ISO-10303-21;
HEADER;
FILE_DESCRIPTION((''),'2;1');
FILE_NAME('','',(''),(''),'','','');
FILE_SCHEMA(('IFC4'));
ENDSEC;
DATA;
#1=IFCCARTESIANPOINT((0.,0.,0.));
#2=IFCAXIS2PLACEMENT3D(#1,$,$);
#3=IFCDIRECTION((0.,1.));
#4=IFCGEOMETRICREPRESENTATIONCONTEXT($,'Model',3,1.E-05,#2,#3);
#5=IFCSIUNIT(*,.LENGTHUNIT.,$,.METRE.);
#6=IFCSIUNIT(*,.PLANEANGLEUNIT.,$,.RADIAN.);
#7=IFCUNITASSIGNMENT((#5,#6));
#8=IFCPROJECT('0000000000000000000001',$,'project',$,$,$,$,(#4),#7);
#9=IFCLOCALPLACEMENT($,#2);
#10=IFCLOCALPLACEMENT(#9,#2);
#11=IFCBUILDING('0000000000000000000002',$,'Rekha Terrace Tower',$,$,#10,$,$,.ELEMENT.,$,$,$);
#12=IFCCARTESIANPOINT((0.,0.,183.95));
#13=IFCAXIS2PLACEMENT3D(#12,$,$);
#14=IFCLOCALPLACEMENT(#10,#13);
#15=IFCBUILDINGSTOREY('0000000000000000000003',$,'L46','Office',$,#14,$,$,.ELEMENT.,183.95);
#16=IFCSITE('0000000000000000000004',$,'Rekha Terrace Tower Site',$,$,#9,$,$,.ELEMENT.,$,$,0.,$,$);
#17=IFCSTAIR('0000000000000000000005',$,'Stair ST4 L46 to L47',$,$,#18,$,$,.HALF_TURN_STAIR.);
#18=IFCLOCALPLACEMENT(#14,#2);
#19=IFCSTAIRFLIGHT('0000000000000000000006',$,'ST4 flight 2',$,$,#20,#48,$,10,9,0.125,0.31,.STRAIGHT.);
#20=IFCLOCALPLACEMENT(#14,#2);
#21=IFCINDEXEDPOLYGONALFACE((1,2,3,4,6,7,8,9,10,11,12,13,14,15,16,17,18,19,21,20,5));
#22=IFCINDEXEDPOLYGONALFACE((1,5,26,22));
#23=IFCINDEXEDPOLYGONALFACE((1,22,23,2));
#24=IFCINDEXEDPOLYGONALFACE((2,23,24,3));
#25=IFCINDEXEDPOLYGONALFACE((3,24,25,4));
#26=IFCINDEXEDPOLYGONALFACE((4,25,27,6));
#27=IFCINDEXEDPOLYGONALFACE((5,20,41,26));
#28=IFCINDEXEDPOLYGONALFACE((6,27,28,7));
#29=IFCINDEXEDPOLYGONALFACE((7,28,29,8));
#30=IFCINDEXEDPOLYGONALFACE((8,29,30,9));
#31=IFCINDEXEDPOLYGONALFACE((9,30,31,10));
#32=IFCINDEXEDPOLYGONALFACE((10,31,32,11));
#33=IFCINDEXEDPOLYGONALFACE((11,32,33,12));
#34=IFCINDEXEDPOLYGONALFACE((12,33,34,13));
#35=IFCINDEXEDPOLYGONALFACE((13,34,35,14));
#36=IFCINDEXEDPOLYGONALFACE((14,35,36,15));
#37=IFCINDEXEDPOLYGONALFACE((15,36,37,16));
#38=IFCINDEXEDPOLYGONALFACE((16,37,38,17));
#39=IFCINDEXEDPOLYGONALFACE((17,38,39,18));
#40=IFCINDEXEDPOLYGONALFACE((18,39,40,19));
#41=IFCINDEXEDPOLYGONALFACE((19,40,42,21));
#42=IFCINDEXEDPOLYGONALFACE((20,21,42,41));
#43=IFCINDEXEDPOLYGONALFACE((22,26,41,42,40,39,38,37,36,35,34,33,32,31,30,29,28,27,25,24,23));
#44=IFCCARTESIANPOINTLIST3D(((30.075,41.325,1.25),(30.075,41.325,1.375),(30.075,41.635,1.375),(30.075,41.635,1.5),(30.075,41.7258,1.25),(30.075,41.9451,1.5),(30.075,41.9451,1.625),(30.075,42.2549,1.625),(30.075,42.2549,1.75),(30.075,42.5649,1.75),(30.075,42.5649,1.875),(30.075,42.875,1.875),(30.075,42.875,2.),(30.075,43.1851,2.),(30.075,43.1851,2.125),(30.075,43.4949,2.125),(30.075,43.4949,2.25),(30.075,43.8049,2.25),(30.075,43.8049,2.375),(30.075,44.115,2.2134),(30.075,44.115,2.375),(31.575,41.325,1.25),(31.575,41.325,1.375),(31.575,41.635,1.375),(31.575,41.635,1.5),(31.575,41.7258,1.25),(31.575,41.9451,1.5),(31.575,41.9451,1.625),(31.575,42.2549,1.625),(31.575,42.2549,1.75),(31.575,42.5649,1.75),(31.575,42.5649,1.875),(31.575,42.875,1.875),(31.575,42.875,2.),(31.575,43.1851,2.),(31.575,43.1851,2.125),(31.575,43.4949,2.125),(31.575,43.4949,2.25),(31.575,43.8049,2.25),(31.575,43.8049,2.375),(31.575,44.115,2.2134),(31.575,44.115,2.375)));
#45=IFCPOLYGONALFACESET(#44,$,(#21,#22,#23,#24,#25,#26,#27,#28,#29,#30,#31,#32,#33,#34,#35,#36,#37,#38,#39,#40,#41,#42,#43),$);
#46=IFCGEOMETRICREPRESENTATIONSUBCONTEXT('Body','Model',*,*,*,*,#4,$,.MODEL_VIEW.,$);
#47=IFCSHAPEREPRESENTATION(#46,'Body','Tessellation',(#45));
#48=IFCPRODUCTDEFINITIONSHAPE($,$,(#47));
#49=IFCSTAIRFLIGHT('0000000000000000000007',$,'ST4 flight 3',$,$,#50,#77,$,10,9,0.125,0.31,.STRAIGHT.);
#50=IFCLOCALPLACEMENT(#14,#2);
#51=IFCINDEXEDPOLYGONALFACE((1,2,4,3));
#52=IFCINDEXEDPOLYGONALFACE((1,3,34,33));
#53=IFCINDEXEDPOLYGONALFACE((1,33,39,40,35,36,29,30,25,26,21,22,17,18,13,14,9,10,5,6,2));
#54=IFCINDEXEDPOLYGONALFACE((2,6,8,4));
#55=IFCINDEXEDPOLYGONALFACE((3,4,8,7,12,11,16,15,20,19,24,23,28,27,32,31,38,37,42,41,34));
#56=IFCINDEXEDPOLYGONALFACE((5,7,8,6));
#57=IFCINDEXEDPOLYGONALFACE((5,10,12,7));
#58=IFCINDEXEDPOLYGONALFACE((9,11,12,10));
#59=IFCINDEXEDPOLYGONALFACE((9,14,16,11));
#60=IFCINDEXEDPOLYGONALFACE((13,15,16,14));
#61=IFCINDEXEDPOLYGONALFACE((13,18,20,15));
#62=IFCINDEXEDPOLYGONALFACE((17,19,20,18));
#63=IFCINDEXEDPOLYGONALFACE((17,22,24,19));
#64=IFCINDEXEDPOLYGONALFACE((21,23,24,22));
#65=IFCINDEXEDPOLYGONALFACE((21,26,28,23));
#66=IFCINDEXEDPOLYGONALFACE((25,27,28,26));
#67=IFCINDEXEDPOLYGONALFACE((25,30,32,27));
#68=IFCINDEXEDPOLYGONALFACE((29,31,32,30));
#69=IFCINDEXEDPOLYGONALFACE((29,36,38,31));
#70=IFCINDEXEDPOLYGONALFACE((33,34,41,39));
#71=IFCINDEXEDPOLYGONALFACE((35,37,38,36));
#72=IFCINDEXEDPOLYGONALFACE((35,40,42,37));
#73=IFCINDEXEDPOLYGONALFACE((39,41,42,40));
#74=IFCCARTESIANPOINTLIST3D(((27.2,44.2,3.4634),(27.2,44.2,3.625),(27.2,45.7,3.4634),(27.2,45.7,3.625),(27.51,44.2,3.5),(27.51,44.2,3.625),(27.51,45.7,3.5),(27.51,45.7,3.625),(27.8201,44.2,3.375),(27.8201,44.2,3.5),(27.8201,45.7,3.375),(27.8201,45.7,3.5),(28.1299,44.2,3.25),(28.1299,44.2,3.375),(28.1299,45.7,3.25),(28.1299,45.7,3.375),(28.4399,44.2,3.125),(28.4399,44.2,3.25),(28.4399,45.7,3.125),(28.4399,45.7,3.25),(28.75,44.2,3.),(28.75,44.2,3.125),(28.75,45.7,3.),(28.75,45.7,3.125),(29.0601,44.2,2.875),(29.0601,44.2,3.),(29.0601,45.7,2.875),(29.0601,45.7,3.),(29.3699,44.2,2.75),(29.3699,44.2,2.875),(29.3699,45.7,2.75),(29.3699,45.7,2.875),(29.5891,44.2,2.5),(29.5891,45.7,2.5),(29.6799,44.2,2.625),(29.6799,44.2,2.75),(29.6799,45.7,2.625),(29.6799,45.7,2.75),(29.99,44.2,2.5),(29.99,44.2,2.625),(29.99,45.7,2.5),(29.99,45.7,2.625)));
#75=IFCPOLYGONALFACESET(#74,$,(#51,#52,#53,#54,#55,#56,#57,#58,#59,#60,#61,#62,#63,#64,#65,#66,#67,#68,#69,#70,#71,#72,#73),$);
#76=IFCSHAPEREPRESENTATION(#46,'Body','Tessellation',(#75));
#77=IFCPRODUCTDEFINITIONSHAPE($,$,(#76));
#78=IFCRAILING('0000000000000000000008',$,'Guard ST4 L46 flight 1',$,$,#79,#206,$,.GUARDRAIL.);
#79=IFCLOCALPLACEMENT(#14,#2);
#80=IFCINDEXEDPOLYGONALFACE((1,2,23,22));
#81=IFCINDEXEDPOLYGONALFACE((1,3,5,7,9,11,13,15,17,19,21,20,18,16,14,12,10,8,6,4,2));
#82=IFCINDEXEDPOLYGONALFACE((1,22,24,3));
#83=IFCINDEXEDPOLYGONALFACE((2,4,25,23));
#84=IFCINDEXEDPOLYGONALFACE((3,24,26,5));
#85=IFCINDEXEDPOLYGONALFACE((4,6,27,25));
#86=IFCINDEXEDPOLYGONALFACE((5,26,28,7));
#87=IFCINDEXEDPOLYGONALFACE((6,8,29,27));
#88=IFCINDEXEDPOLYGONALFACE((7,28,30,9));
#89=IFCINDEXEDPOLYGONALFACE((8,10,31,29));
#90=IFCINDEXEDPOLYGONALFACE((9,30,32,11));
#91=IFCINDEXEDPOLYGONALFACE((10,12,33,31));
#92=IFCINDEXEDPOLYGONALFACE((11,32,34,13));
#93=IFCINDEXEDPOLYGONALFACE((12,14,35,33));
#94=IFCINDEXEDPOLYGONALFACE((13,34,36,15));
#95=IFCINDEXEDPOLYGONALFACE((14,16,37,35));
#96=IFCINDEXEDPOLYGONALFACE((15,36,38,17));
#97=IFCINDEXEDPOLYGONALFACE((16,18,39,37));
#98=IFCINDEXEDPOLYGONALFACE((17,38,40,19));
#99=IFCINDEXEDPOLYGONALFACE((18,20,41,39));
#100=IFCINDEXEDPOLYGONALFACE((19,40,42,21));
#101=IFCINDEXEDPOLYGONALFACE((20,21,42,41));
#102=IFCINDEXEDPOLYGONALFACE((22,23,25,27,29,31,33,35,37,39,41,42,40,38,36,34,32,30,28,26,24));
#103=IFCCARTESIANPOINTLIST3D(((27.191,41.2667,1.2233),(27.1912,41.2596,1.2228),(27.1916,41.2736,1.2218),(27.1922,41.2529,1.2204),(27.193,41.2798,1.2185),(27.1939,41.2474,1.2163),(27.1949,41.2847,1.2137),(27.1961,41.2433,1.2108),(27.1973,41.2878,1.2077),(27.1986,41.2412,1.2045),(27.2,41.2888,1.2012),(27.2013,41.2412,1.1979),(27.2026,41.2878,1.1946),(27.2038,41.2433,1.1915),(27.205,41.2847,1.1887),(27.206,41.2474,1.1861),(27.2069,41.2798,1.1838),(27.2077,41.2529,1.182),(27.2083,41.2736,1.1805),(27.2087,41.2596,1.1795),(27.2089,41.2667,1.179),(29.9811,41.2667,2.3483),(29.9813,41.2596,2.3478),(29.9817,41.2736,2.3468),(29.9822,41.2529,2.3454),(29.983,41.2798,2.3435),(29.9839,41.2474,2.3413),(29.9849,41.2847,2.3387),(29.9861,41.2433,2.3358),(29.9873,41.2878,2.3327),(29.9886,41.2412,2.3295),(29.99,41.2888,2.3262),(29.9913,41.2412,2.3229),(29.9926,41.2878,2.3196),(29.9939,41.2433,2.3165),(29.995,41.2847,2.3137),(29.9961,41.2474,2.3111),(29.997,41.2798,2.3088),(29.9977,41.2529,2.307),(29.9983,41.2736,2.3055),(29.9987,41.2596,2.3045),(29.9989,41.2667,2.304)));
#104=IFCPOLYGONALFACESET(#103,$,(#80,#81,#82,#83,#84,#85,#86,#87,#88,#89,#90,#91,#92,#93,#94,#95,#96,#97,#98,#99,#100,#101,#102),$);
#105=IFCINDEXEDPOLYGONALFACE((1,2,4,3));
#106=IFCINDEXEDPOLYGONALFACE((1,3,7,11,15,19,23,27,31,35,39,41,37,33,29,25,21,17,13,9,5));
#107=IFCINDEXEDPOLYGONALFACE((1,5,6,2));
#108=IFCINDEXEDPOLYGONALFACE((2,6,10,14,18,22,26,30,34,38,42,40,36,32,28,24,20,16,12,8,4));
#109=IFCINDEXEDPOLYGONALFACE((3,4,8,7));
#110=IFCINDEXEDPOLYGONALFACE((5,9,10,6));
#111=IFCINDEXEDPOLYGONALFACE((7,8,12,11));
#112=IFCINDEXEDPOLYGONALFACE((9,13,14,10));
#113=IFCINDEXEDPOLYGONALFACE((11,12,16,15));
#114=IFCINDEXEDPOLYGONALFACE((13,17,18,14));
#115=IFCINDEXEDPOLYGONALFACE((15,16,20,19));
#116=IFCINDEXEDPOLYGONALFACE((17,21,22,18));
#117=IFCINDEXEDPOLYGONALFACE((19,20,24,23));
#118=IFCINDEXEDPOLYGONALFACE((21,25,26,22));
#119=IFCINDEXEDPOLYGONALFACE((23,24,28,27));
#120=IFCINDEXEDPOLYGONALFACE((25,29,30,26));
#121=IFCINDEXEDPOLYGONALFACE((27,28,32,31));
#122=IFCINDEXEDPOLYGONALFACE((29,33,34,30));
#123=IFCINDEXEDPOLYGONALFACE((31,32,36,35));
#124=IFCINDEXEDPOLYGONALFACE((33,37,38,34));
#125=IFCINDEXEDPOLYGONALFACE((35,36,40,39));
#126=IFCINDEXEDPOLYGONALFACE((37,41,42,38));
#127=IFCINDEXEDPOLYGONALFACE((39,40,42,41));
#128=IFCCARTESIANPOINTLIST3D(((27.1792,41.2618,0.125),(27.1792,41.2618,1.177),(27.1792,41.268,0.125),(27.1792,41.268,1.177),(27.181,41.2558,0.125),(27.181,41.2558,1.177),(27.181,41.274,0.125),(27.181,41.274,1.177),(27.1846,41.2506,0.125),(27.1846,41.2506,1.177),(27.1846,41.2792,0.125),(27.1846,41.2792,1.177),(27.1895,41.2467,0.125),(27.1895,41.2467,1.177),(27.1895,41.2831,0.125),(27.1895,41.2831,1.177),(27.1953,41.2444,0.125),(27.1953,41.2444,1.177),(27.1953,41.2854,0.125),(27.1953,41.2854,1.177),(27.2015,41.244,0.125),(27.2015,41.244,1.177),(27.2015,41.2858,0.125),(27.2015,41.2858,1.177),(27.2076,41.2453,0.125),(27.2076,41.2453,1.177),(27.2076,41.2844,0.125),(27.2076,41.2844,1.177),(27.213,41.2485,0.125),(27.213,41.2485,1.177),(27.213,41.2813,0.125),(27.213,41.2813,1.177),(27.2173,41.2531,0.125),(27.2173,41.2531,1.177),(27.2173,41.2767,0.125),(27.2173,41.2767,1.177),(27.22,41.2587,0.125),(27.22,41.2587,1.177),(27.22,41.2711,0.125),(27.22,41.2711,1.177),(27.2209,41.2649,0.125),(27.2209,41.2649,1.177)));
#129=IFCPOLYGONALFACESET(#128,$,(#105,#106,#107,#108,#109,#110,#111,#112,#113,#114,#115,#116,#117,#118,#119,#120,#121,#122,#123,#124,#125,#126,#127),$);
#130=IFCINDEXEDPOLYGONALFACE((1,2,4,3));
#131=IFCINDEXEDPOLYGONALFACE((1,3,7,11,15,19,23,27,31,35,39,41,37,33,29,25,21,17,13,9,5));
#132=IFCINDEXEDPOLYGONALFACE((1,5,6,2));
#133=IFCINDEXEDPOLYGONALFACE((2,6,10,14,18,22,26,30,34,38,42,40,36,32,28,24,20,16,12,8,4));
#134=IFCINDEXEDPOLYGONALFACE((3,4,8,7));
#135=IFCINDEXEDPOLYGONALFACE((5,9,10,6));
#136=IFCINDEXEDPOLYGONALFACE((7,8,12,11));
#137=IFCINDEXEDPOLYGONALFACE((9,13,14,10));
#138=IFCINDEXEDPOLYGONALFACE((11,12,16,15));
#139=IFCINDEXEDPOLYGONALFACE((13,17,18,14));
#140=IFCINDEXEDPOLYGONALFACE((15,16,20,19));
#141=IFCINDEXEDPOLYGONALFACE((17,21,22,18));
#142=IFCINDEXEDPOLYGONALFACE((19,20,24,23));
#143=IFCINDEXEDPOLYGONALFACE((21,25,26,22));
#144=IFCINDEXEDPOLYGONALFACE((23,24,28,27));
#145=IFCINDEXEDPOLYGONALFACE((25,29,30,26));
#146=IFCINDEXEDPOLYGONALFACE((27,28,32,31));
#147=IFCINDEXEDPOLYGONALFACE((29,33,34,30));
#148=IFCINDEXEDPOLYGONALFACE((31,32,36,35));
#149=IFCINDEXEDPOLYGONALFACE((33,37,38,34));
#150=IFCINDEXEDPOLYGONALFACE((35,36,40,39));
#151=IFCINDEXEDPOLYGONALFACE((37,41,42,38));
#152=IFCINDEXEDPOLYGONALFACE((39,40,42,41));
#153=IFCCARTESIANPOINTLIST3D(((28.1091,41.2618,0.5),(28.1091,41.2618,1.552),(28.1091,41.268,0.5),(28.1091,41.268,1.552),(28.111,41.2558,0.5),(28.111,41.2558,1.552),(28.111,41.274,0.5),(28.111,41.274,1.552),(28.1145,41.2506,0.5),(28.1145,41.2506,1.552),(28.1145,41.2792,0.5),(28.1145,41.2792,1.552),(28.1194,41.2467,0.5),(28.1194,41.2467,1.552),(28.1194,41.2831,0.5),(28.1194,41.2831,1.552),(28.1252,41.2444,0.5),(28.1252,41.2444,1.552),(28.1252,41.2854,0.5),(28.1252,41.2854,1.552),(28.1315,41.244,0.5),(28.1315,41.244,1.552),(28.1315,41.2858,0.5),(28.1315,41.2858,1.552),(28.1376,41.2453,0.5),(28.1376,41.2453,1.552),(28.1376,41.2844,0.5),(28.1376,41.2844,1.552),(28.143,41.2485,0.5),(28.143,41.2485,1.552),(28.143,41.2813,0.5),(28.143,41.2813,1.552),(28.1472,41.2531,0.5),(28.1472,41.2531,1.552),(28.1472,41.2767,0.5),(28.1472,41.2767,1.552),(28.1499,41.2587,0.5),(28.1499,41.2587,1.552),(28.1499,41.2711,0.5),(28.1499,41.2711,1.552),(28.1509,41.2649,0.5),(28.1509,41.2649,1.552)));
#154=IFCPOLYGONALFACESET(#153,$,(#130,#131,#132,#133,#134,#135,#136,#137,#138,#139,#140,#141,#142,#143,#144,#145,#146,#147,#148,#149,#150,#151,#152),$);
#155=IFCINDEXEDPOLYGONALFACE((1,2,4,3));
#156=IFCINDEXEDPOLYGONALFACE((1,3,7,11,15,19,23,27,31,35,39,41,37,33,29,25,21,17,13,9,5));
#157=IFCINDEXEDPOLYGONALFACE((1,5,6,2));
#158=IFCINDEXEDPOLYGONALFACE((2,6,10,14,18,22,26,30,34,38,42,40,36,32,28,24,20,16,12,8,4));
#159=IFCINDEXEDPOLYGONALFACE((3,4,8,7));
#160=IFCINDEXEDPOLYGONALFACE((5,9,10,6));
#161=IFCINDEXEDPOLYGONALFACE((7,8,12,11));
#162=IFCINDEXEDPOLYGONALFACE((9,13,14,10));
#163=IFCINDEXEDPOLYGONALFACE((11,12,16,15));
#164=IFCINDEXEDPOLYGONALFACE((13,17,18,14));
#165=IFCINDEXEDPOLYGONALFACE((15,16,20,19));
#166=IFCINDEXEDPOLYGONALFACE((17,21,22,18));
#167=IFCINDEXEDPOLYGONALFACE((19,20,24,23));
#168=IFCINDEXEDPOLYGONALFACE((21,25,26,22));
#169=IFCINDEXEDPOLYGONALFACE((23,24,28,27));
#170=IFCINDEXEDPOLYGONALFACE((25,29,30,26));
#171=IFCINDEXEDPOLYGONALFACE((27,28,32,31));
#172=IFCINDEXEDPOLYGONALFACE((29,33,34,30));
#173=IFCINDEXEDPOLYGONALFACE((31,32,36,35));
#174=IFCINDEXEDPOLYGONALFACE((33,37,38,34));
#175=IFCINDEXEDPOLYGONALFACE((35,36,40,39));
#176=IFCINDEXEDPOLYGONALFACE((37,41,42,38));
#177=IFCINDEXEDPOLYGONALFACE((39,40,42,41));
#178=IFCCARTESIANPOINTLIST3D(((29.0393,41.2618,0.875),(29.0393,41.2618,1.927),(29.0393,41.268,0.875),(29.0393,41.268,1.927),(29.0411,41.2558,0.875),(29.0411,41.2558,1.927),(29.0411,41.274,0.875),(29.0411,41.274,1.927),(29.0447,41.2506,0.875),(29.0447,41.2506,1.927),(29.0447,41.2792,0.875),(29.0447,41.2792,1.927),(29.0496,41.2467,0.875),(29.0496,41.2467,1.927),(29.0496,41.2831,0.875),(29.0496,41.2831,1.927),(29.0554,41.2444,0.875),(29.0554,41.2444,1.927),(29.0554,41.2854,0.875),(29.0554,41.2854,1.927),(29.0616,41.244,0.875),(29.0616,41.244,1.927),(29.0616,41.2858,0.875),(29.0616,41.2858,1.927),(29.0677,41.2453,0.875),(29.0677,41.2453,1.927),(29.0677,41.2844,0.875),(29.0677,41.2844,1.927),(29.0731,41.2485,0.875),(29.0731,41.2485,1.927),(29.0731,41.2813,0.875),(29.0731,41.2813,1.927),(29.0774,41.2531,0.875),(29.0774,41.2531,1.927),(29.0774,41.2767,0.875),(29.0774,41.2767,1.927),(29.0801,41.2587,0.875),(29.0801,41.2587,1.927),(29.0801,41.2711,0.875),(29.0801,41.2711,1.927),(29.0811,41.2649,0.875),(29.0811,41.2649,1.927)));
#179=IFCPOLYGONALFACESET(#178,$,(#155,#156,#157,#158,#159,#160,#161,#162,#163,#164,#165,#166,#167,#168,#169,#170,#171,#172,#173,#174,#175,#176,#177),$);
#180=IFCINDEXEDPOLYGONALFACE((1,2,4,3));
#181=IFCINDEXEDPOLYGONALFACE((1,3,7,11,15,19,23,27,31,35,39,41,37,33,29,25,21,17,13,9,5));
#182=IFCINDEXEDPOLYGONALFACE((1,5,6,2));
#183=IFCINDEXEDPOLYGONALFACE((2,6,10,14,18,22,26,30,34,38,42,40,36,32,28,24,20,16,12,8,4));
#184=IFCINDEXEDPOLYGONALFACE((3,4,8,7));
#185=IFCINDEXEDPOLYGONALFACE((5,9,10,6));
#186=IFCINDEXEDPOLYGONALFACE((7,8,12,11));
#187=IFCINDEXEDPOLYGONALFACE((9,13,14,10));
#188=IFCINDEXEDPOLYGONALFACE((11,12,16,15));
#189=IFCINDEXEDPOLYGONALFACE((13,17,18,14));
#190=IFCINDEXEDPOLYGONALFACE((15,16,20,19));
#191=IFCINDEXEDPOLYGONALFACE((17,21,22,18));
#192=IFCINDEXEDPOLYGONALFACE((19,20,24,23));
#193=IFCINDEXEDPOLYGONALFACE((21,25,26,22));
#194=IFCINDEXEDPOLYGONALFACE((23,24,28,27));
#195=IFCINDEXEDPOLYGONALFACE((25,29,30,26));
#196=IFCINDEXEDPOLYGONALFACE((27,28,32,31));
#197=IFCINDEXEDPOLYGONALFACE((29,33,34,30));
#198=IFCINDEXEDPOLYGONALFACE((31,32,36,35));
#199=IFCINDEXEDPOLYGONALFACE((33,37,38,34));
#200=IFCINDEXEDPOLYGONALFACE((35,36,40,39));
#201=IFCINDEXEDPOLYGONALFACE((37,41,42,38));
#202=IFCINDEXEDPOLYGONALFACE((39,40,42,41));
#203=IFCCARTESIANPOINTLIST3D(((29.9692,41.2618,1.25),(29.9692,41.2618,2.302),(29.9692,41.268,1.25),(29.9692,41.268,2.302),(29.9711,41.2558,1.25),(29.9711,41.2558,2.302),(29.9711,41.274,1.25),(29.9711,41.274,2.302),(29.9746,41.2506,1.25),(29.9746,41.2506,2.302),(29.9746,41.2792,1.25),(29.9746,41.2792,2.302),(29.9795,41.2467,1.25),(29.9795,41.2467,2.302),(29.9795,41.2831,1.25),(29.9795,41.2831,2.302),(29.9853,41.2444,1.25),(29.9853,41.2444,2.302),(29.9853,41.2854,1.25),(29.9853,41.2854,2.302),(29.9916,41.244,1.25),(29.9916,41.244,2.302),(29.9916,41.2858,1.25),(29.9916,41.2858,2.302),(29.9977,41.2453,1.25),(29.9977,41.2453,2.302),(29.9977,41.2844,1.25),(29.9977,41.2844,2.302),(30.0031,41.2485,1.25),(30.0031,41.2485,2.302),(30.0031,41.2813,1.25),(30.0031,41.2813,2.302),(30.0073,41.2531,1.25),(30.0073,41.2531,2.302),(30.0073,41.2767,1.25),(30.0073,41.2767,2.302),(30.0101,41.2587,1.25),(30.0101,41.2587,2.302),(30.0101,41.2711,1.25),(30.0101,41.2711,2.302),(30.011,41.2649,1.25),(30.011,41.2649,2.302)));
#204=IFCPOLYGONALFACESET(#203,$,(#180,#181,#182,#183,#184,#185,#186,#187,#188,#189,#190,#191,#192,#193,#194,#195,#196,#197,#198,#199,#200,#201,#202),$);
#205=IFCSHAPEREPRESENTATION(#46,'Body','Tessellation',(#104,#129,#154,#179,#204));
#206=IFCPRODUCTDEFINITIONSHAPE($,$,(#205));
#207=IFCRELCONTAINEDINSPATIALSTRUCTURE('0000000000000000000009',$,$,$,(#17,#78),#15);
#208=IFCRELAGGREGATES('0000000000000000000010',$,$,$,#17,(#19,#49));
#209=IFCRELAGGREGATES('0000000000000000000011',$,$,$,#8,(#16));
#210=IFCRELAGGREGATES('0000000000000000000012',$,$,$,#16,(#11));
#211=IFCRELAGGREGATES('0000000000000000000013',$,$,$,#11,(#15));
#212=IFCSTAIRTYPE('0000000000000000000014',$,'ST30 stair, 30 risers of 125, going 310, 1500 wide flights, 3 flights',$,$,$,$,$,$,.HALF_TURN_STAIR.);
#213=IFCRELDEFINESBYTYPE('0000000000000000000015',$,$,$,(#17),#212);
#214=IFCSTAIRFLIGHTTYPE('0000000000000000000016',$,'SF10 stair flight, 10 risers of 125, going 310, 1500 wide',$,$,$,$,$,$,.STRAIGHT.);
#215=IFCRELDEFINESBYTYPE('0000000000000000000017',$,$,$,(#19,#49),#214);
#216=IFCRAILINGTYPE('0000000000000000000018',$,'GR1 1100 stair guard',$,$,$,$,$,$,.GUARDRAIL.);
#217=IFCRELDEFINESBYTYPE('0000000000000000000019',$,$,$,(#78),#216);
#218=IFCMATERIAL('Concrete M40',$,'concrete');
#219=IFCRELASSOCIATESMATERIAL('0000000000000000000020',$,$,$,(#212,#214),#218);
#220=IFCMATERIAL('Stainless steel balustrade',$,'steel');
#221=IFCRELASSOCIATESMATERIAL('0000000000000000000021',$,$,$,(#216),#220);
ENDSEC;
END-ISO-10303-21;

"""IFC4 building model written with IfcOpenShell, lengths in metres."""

from ifc_helpers import new_model, si_unit, direction, frame, origin, origin_2d, place, context, subcontext, project, spatial, polyline, circle, outline, extrude, material, type_object, element, aggregate, save


model = new_model("IFC4")

# Units and contexts
model_context = context("Model", 3, precision=1e-05, world=origin(), true_north=direction((0.0, 1.0)))
body_context = subcontext(model_context, "Body", "Model", "MODEL_VIEW")
ifc_project = project(units=[si_unit("LENGTHUNIT", "METRE"), si_unit("PLANEANGLEUNIT", "RADIAN")], contexts=[model_context])

# Site, building, storey
site_placement = place(None, origin())
site = spatial("IfcSite", under=ifc_project, at=site_placement, Name="Rekha Terrace Tower Site", CompositionType="ELEMENT", RefElevation=0.0)
building_placement = place(site_placement, origin())
building = spatial("IfcBuilding", under=site, at=building_placement, Name="Rekha Terrace Tower", CompositionType="ELEMENT")
storey_placement = place(building_placement, frame((0.0, 0.0, 183.95)))
storey = spatial("IfcBuildingStorey", under=building, at=storey_placement, Name="L46", Description="Office", CompositionType="ELEMENT", Elevation=183.95)

# Stair, stair flights
ifc_material_1 = material(Name="Concrete M40", Category="concrete")
stair_type = type_object("IfcStairType", Name="ST30 stair, 30 risers of 125, going 310, 1500 wide flights, 3 flights", PredefinedType="HALF_TURN_STAIR", material=ifc_material_1)
stair_placement = place(storey_placement, origin())
stair = element("IfcStair", 1, at=stair_placement, inside=storey, type_object=stair_type, Name="Stair ST4 L46 to L47", PredefinedType="HALF_TURN_STAIR")
stair_flight_type = type_object("IfcStairFlightType", Name="SF10 stair flight, 10 risers of 125, going 310, 1500 wide", PredefinedType="STRAIGHT", material=ifc_material_1)
stair_flight_1_placement = place(storey_placement, frame((30.825, 41.325, 1.25), z_axis=(0.0, 0.0, 1.0), x_axis=(0.0, 1.0, 0.0)))
stair_flight_1 = element("IfcStairFlight", 2, at=stair_flight_1_placement, type_object=stair_flight_type, Name="ST4 flight 2", NumberOfRisers=10, NumberOfTreads=9, PredefinedType="STRAIGHT", RiserHeight=0.125, TreadLength=0.31, context=body_context, shape_type="SweptSolid", body=[
    extrude(outline(polyline([(0.0, 0.0), (0.0, 0.125), (0.3101, 0.125), (0.3101, 0.25), (0.6201, 0.25), (0.6201, 0.375), (0.9299, 0.375), (0.9299, 0.5), (1.24, 0.5), (1.24, 0.625), (1.55, 0.625), (1.55, 0.75), (1.8601, 0.75), (1.8601, 0.875), (2.1699, 0.875), (2.1699, 1.0), (2.48, 1.0), (2.48, 1.125), (2.79, 1.125), (2.79, 1.25), (2.79, 0.9634), (0.4009, 0.0), (0.0, 0.0)])), frame((0.0, 0.75, 0.0), z_axis=(0.0, -1.0, 0.0), x_axis=(1.0, 0.0, 0.0)), (0.0, 0.0, 1.0), 1.5),
])
stair_flight_2_placement = place(storey_placement, frame((29.99, 44.95, 2.5), z_axis=(0.0, 0.0, 1.0), x_axis=(-1.0, 0.0, 0.0)))
stair_flight_2 = element("IfcStairFlight", 3, at=stair_flight_2_placement, type_object=stair_flight_type, Name="ST4 flight 3", NumberOfRisers=10, NumberOfTreads=9, PredefinedType="STRAIGHT", RiserHeight=0.125, TreadLength=0.31, context=body_context, shape_type="SweptSolid", body=[
    extrude(outline(polyline([(0.0, 0.0), (0.0, 0.125), (0.3101, 0.125), (0.3101, 0.25), (0.6201, 0.25), (0.6201, 0.375), (0.9299, 0.375), (0.9299, 0.5), (1.24, 0.5), (1.24, 0.625), (1.55, 0.625), (1.55, 0.75), (1.8601, 0.75), (1.8601, 0.875), (2.1699, 0.875), (2.1699, 1.0), (2.48, 1.0), (2.48, 1.125), (2.79, 1.125), (2.79, 1.25), (2.79, 0.9634), (0.4009, 0.0), (0.0, 0.0)])), frame((0.0, 0.75, 0.0), z_axis=(0.0, -1.0, 0.0), x_axis=(1.0, 0.0, 0.0)), (0.0, 0.0, 1.0), 1.5),
])
aggregate(stair, [stair_flight_1, stair_flight_2])

# Railing
ifc_material_2 = material(Name="Stainless steel balustrade", Category="steel")
railing_type_1 = type_object("IfcRailingType", Name="GR1 1100 stair guard", PredefinedType="GUARDRAIL", material=ifc_material_2)
railing_1_placement = place(storey_placement, frame((27.2, 41.2649, 0.125)))
element("IfcRailing", 4, at=railing_1_placement, inside=storey, type_object=railing_type_1, Name="Guard ST4 L46 flight 1", PredefinedType="GUARDRAIL", context=body_context, shape_type="SweptSolid", body=[
    extrude(circle(Radius=0.0239, at=origin_2d()), frame((0.0, 0.0, 1.0762), z_axis=(0.927443, 0.0, 0.373964), x_axis=(0.0, 1.0, 0.0)), (0.0, 0.0, 1.0), 3.0083),
    extrude(circle(Radius=0.021, at=origin_2d()), origin(), (0.0, 0.0, 1.0), 1.052),
    extrude(circle(Radius=0.021, at=origin_2d()), frame((0.9299, 0.0, 0.375)), (0.0, 0.0, 1.0), 1.052),
    extrude(circle(Radius=0.021, at=origin_2d()), frame((1.8601, 0.0, 0.75)), (0.0, 0.0, 1.0), 1.052),
    extrude(circle(Radius=0.021, at=origin_2d()), frame((2.79, 0.0, 1.125)), (0.0, 0.0, 1.0), 1.052),
])

save(model, "model.ifc")
